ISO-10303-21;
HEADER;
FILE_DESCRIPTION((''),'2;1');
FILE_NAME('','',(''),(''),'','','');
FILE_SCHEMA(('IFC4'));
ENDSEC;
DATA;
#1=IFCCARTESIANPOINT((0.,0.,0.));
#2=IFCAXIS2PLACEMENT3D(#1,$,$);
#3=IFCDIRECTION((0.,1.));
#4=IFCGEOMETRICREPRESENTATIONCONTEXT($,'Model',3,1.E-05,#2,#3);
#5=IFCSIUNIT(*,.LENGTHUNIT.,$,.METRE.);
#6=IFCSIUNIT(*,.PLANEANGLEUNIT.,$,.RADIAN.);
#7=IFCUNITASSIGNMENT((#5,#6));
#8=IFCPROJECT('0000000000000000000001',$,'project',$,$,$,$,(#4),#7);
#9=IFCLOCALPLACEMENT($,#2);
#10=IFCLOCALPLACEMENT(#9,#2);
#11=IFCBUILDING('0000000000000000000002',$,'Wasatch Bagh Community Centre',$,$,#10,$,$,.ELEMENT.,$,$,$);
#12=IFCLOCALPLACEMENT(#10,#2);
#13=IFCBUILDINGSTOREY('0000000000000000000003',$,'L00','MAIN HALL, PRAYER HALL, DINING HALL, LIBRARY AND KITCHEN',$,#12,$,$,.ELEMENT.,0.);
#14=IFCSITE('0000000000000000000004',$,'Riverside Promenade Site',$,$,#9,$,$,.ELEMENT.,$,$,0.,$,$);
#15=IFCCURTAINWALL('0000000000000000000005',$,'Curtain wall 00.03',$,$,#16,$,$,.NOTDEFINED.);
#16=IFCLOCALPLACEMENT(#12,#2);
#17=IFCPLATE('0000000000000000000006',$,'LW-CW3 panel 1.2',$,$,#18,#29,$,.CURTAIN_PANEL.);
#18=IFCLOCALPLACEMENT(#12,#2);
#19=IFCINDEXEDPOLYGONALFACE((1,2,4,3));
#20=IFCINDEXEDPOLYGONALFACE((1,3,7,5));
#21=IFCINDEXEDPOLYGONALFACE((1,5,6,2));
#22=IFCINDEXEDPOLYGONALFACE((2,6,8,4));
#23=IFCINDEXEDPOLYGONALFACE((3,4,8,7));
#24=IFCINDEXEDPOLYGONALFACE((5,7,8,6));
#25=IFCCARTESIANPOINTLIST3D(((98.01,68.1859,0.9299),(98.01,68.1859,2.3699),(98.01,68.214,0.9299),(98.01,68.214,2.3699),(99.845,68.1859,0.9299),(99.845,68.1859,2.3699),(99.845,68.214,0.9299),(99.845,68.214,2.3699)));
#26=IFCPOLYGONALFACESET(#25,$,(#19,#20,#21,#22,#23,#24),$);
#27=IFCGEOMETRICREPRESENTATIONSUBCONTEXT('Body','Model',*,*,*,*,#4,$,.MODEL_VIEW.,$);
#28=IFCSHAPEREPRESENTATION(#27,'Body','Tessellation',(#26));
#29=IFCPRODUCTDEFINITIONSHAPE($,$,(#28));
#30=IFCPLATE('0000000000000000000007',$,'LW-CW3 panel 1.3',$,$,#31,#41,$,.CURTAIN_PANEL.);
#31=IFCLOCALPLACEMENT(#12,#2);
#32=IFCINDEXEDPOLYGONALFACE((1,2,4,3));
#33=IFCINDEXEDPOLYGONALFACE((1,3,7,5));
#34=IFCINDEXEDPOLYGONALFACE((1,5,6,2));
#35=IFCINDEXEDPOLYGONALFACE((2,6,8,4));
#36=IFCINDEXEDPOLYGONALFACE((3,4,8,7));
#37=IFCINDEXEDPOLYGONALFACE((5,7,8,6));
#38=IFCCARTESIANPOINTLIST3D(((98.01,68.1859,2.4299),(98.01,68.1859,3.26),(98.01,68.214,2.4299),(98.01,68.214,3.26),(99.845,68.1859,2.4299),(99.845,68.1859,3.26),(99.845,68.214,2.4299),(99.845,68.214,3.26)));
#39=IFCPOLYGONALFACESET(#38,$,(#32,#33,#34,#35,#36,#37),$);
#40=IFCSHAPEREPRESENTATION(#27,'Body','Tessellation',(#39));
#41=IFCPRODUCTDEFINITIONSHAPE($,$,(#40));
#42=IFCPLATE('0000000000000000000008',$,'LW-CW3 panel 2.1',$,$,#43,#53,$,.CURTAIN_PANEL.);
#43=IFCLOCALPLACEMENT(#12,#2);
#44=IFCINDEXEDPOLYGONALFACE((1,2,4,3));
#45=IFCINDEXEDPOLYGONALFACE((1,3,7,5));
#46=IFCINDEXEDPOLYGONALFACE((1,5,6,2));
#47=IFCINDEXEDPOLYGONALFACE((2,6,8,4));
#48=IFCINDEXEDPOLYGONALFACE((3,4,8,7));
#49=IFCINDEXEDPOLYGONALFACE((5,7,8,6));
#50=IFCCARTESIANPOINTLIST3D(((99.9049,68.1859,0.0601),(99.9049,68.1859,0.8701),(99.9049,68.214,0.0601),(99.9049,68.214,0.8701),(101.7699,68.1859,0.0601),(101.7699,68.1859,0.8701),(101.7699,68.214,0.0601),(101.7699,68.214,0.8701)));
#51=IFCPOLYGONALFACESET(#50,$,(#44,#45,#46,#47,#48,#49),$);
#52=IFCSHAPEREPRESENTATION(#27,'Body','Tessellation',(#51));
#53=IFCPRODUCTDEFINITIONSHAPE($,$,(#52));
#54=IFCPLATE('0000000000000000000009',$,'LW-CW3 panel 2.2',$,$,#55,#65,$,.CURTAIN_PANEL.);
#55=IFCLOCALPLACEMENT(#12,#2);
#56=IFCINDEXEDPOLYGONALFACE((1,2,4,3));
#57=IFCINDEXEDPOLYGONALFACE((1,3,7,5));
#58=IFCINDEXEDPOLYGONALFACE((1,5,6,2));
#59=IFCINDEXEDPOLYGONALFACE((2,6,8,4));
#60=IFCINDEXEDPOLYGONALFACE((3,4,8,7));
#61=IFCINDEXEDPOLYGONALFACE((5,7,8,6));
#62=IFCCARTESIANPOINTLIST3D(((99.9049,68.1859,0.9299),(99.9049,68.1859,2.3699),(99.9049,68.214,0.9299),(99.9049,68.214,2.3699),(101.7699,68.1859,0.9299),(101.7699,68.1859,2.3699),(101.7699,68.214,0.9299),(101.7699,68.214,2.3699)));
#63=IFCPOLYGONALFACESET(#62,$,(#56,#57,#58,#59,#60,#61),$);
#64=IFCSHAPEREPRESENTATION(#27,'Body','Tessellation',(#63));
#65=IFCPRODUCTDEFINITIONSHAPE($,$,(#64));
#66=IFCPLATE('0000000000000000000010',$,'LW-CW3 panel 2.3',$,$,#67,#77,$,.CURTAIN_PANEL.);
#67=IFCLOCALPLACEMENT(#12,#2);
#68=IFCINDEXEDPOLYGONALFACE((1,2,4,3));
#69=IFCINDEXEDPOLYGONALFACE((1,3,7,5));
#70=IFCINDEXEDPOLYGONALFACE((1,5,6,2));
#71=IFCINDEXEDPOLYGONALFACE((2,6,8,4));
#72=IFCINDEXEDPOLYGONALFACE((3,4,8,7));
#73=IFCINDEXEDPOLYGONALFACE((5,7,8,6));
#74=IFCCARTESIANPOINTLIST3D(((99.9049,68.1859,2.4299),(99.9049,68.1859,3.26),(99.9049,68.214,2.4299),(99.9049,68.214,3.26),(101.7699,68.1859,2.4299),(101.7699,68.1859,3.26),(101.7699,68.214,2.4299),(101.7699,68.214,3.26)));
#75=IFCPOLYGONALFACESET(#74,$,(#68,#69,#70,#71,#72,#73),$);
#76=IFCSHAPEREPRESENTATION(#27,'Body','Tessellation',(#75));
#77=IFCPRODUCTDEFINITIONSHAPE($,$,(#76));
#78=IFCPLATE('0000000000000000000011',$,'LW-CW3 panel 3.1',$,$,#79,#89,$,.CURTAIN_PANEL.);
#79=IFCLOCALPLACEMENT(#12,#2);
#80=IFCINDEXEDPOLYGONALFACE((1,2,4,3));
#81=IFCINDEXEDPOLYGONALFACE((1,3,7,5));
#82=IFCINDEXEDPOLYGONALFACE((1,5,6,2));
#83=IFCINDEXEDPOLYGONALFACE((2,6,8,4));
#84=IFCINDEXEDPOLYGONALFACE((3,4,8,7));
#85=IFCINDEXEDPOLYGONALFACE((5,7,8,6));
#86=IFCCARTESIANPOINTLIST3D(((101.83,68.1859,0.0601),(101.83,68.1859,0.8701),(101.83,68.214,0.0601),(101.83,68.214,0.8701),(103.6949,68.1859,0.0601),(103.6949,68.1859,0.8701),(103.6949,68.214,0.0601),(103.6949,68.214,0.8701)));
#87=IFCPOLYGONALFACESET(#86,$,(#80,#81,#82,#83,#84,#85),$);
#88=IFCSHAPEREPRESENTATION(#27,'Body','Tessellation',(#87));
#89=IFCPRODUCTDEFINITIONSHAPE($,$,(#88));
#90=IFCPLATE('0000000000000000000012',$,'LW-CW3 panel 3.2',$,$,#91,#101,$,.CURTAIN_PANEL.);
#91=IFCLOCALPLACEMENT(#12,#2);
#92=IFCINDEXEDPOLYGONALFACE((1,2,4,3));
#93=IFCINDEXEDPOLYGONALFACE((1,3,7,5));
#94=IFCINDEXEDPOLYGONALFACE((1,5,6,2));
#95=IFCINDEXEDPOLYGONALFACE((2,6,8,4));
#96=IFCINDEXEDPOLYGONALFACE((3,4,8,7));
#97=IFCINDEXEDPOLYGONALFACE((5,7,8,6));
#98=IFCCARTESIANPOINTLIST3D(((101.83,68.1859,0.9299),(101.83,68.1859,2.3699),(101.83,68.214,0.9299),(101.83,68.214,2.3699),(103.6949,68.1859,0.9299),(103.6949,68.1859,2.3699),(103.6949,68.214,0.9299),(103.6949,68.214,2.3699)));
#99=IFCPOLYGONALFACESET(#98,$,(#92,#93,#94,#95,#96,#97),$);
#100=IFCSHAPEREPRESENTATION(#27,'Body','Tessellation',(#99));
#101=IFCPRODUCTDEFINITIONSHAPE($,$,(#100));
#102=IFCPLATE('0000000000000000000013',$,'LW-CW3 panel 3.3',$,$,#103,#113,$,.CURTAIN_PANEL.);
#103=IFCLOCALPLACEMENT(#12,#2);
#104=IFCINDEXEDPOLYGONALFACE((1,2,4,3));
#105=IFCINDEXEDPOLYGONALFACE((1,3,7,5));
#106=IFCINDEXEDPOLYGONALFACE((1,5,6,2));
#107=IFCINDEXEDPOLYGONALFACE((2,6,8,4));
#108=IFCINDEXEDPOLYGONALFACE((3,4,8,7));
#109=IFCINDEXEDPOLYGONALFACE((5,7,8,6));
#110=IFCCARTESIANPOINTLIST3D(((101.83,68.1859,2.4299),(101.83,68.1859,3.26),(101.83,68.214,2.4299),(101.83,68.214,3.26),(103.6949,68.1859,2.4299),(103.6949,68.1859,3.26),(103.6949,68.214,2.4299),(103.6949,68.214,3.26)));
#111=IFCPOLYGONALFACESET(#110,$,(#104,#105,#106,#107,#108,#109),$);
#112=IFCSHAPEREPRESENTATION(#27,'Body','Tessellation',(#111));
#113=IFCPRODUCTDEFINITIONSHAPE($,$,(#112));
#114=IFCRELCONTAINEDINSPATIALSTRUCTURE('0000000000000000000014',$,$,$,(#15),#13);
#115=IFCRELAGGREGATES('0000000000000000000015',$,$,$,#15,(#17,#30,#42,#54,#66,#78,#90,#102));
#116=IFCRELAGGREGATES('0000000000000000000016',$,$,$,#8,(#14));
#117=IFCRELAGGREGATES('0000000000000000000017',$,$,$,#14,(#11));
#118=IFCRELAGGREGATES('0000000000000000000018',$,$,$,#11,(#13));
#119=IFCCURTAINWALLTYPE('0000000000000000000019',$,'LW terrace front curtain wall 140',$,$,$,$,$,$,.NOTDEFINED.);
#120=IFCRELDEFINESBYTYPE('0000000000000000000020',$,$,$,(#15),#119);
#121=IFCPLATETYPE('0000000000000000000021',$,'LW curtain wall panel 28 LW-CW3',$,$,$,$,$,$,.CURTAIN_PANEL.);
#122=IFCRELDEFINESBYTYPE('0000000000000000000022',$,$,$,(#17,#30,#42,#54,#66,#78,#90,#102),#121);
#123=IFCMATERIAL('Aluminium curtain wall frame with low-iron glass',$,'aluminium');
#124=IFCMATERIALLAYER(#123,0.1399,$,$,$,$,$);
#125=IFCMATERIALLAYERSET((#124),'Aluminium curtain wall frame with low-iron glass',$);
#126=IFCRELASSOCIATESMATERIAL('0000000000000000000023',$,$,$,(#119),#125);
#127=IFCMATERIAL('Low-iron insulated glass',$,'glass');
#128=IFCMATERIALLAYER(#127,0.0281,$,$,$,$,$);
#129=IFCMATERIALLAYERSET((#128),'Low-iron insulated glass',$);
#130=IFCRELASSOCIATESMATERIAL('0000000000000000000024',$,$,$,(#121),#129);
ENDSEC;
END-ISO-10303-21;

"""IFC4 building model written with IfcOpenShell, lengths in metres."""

from ifc_helpers import new_model, si_unit, direction, frame, origin, origin_2d, place, context, subcontext, project, spatial, rectangle, extrude, material, layer, layer_set, type_object, element, aggregate, save


model = new_model("IFC4")

# Units and contexts
model_context = context("Model", 3, precision=1e-05, world=origin(), true_north=direction((0.0, 1.0)))
body_context = subcontext(model_context, "Body", "Model", "MODEL_VIEW")
ifc_project = project(units=[si_unit("LENGTHUNIT", "METRE"), si_unit("PLANEANGLEUNIT", "RADIAN")], contexts=[model_context])

# Site, building, storey
site_placement = place(None, origin())
site = spatial("IfcSite", under=ifc_project, at=site_placement, Name="Riverside Promenade Site", CompositionType="ELEMENT", RefElevation=0.0)
building_placement = place(site_placement, origin())
building = spatial("IfcBuilding", under=site, at=building_placement, Name="Wasatch Bagh Community Centre", CompositionType="ELEMENT")
storey_placement = place(building_placement, origin())
storey = spatial("IfcBuildingStorey", under=building, at=storey_placement, Name="L00", Description="MAIN HALL, PRAYER HALL, DINING HALL, LIBRARY AND KITCHEN", CompositionType="ELEMENT", Elevation=0.0)

# Curtain wall, plates
ifc_material_1 = material(Name="Aluminium curtain wall frame with low-iron glass", Category="aluminium")
ifc_layer_1 = layer(ifc_material_1, 0.1399)
ifc_layer_set_1 = layer_set([ifc_layer_1], Name="Aluminium curtain wall frame with low-iron glass")
curtain_wall_type = type_object("IfcCurtainWallType", Name="LW terrace front curtain wall 140", PredefinedType="NOTDEFINED", material=ifc_layer_set_1)
curtain_wall_placement = place(storey_placement, origin())
curtain_wall = element("IfcCurtainWall", 1, at=curtain_wall_placement, inside=storey, type_object=curtain_wall_type, Name="Curtain wall 00.03", PredefinedType="NOTDEFINED")
ifc_material_2 = material(Name="Low-iron insulated glass", Category="glass")
ifc_layer_2 = layer(ifc_material_2, 0.0281)
ifc_layer_set_2 = layer_set([ifc_layer_2], Name="Low-iron insulated glass")
plate_type = type_object("IfcPlateType", Name="LW curtain wall panel 28 LW-CW3", PredefinedType="CURTAIN_PANEL", material=ifc_layer_set_2)
plate_1_placement = place(storey_placement, frame((98.9275, 68.2, 0.9299), z_axis=(0.0, 0.0, 1.0), x_axis=(1.0, 0.0, 0.0)))
plate_1 = element("IfcPlate", 2, at=plate_1_placement, type_object=plate_type, Name="LW-CW3 panel 1.2", PredefinedType="CURTAIN_PANEL", context=body_context, shape_type="SweptSolid", body=[
    extrude(rectangle(XDim=1.835, YDim=0.0281, at=origin_2d()), origin(), (0.0, 0.0, 1.0), 1.4399),
])
plate_2_placement = place(storey_placement, frame((98.9275, 68.2, 2.4299), z_axis=(0.0, 0.0, 1.0), x_axis=(1.0, 0.0, 0.0)))
plate_2 = element("IfcPlate", 3, at=plate_2_placement, type_object=plate_type, Name="LW-CW3 panel 1.3", PredefinedType="CURTAIN_PANEL", context=body_context, shape_type="SweptSolid", body=[
    extrude(rectangle(XDim=1.835, YDim=0.0281, at=origin_2d()), origin(), (0.0, 0.0, 1.0), 0.8301),
])
plate_3_placement = place(storey_placement, frame((100.8374, 68.2, 0.0601), z_axis=(0.0, 0.0, 1.0), x_axis=(1.0, 0.0, 0.0)))
plate_3 = element("IfcPlate", 4, at=plate_3_placement, type_object=plate_type, Name="LW-CW3 panel 2.1", PredefinedType="CURTAIN_PANEL", context=body_context, shape_type="SweptSolid", body=[
    extrude(rectangle(XDim=1.865, YDim=0.0281, at=origin_2d()), origin(), (0.0, 0.0, 1.0), 0.8101),
])
plate_4_placement = place(storey_placement, frame((100.8374, 68.2, 0.9299), z_axis=(0.0, 0.0, 1.0), x_axis=(1.0, 0.0, 0.0)))
plate_4 = element("IfcPlate", 5, at=plate_4_placement, type_object=plate_type, Name="LW-CW3 panel 2.2", PredefinedType="CURTAIN_PANEL", context=body_context, shape_type="SweptSolid", body=[
    extrude(rectangle(XDim=1.865, YDim=0.0281, at=origin_2d()), origin(), (0.0, 0.0, 1.0), 1.4399),
])
plate_5_placement = place(storey_placement, frame((100.8374, 68.2, 2.4299), z_axis=(0.0, 0.0, 1.0), x_axis=(1.0, 0.0, 0.0)))
plate_5 = element("IfcPlate", 6, at=plate_5_placement, type_object=plate_type, Name="LW-CW3 panel 2.3", PredefinedType="CURTAIN_PANEL", context=body_context, shape_type="SweptSolid", body=[
    extrude(rectangle(XDim=1.865, YDim=0.0281, at=origin_2d()), origin(), (0.0, 0.0, 1.0), 0.8301),
])
plate_6_placement = place(storey_placement, frame((102.7625, 68.2, 0.0601), z_axis=(0.0, 0.0, 1.0), x_axis=(1.0, 0.0, 0.0)))
plate_6 = element("IfcPlate", 7, at=plate_6_placement, type_object=plate_type, Name="LW-CW3 panel 3.1", PredefinedType="CURTAIN_PANEL", context=body_context, shape_type="SweptSolid", body=[
    extrude(rectangle(XDim=1.865, YDim=0.0281, at=origin_2d()), origin(), (0.0, 0.0, 1.0), 0.8101),
])
plate_7_placement = place(storey_placement, frame((102.7625, 68.2, 0.9299), z_axis=(0.0, 0.0, 1.0), x_axis=(1.0, 0.0, 0.0)))
plate_7 = element("IfcPlate", 8, at=plate_7_placement, type_object=plate_type, Name="LW-CW3 panel 3.2", PredefinedType="CURTAIN_PANEL", context=body_context, shape_type="SweptSolid", body=[
    extrude(rectangle(XDim=1.865, YDim=0.0281, at=origin_2d()), origin(), (0.0, 0.0, 1.0), 1.4399),
])
plate_8_placement = place(storey_placement, frame((102.7625, 68.2, 2.4299), z_axis=(0.0, 0.0, 1.0), x_axis=(1.0, 0.0, 0.0)))
plate_8 = element("IfcPlate", 9, at=plate_8_placement, type_object=plate_type, Name="LW-CW3 panel 3.3", PredefinedType="CURTAIN_PANEL", context=body_context, shape_type="SweptSolid", body=[
    extrude(rectangle(XDim=1.865, YDim=0.0281, at=origin_2d()), origin(), (0.0, 0.0, 1.0), 0.8301),
])
aggregate(curtain_wall, [plate_1, plate_2, plate_3, plate_4, plate_5, plate_6, plate_7, plate_8])

save(model, "model.ifc")
